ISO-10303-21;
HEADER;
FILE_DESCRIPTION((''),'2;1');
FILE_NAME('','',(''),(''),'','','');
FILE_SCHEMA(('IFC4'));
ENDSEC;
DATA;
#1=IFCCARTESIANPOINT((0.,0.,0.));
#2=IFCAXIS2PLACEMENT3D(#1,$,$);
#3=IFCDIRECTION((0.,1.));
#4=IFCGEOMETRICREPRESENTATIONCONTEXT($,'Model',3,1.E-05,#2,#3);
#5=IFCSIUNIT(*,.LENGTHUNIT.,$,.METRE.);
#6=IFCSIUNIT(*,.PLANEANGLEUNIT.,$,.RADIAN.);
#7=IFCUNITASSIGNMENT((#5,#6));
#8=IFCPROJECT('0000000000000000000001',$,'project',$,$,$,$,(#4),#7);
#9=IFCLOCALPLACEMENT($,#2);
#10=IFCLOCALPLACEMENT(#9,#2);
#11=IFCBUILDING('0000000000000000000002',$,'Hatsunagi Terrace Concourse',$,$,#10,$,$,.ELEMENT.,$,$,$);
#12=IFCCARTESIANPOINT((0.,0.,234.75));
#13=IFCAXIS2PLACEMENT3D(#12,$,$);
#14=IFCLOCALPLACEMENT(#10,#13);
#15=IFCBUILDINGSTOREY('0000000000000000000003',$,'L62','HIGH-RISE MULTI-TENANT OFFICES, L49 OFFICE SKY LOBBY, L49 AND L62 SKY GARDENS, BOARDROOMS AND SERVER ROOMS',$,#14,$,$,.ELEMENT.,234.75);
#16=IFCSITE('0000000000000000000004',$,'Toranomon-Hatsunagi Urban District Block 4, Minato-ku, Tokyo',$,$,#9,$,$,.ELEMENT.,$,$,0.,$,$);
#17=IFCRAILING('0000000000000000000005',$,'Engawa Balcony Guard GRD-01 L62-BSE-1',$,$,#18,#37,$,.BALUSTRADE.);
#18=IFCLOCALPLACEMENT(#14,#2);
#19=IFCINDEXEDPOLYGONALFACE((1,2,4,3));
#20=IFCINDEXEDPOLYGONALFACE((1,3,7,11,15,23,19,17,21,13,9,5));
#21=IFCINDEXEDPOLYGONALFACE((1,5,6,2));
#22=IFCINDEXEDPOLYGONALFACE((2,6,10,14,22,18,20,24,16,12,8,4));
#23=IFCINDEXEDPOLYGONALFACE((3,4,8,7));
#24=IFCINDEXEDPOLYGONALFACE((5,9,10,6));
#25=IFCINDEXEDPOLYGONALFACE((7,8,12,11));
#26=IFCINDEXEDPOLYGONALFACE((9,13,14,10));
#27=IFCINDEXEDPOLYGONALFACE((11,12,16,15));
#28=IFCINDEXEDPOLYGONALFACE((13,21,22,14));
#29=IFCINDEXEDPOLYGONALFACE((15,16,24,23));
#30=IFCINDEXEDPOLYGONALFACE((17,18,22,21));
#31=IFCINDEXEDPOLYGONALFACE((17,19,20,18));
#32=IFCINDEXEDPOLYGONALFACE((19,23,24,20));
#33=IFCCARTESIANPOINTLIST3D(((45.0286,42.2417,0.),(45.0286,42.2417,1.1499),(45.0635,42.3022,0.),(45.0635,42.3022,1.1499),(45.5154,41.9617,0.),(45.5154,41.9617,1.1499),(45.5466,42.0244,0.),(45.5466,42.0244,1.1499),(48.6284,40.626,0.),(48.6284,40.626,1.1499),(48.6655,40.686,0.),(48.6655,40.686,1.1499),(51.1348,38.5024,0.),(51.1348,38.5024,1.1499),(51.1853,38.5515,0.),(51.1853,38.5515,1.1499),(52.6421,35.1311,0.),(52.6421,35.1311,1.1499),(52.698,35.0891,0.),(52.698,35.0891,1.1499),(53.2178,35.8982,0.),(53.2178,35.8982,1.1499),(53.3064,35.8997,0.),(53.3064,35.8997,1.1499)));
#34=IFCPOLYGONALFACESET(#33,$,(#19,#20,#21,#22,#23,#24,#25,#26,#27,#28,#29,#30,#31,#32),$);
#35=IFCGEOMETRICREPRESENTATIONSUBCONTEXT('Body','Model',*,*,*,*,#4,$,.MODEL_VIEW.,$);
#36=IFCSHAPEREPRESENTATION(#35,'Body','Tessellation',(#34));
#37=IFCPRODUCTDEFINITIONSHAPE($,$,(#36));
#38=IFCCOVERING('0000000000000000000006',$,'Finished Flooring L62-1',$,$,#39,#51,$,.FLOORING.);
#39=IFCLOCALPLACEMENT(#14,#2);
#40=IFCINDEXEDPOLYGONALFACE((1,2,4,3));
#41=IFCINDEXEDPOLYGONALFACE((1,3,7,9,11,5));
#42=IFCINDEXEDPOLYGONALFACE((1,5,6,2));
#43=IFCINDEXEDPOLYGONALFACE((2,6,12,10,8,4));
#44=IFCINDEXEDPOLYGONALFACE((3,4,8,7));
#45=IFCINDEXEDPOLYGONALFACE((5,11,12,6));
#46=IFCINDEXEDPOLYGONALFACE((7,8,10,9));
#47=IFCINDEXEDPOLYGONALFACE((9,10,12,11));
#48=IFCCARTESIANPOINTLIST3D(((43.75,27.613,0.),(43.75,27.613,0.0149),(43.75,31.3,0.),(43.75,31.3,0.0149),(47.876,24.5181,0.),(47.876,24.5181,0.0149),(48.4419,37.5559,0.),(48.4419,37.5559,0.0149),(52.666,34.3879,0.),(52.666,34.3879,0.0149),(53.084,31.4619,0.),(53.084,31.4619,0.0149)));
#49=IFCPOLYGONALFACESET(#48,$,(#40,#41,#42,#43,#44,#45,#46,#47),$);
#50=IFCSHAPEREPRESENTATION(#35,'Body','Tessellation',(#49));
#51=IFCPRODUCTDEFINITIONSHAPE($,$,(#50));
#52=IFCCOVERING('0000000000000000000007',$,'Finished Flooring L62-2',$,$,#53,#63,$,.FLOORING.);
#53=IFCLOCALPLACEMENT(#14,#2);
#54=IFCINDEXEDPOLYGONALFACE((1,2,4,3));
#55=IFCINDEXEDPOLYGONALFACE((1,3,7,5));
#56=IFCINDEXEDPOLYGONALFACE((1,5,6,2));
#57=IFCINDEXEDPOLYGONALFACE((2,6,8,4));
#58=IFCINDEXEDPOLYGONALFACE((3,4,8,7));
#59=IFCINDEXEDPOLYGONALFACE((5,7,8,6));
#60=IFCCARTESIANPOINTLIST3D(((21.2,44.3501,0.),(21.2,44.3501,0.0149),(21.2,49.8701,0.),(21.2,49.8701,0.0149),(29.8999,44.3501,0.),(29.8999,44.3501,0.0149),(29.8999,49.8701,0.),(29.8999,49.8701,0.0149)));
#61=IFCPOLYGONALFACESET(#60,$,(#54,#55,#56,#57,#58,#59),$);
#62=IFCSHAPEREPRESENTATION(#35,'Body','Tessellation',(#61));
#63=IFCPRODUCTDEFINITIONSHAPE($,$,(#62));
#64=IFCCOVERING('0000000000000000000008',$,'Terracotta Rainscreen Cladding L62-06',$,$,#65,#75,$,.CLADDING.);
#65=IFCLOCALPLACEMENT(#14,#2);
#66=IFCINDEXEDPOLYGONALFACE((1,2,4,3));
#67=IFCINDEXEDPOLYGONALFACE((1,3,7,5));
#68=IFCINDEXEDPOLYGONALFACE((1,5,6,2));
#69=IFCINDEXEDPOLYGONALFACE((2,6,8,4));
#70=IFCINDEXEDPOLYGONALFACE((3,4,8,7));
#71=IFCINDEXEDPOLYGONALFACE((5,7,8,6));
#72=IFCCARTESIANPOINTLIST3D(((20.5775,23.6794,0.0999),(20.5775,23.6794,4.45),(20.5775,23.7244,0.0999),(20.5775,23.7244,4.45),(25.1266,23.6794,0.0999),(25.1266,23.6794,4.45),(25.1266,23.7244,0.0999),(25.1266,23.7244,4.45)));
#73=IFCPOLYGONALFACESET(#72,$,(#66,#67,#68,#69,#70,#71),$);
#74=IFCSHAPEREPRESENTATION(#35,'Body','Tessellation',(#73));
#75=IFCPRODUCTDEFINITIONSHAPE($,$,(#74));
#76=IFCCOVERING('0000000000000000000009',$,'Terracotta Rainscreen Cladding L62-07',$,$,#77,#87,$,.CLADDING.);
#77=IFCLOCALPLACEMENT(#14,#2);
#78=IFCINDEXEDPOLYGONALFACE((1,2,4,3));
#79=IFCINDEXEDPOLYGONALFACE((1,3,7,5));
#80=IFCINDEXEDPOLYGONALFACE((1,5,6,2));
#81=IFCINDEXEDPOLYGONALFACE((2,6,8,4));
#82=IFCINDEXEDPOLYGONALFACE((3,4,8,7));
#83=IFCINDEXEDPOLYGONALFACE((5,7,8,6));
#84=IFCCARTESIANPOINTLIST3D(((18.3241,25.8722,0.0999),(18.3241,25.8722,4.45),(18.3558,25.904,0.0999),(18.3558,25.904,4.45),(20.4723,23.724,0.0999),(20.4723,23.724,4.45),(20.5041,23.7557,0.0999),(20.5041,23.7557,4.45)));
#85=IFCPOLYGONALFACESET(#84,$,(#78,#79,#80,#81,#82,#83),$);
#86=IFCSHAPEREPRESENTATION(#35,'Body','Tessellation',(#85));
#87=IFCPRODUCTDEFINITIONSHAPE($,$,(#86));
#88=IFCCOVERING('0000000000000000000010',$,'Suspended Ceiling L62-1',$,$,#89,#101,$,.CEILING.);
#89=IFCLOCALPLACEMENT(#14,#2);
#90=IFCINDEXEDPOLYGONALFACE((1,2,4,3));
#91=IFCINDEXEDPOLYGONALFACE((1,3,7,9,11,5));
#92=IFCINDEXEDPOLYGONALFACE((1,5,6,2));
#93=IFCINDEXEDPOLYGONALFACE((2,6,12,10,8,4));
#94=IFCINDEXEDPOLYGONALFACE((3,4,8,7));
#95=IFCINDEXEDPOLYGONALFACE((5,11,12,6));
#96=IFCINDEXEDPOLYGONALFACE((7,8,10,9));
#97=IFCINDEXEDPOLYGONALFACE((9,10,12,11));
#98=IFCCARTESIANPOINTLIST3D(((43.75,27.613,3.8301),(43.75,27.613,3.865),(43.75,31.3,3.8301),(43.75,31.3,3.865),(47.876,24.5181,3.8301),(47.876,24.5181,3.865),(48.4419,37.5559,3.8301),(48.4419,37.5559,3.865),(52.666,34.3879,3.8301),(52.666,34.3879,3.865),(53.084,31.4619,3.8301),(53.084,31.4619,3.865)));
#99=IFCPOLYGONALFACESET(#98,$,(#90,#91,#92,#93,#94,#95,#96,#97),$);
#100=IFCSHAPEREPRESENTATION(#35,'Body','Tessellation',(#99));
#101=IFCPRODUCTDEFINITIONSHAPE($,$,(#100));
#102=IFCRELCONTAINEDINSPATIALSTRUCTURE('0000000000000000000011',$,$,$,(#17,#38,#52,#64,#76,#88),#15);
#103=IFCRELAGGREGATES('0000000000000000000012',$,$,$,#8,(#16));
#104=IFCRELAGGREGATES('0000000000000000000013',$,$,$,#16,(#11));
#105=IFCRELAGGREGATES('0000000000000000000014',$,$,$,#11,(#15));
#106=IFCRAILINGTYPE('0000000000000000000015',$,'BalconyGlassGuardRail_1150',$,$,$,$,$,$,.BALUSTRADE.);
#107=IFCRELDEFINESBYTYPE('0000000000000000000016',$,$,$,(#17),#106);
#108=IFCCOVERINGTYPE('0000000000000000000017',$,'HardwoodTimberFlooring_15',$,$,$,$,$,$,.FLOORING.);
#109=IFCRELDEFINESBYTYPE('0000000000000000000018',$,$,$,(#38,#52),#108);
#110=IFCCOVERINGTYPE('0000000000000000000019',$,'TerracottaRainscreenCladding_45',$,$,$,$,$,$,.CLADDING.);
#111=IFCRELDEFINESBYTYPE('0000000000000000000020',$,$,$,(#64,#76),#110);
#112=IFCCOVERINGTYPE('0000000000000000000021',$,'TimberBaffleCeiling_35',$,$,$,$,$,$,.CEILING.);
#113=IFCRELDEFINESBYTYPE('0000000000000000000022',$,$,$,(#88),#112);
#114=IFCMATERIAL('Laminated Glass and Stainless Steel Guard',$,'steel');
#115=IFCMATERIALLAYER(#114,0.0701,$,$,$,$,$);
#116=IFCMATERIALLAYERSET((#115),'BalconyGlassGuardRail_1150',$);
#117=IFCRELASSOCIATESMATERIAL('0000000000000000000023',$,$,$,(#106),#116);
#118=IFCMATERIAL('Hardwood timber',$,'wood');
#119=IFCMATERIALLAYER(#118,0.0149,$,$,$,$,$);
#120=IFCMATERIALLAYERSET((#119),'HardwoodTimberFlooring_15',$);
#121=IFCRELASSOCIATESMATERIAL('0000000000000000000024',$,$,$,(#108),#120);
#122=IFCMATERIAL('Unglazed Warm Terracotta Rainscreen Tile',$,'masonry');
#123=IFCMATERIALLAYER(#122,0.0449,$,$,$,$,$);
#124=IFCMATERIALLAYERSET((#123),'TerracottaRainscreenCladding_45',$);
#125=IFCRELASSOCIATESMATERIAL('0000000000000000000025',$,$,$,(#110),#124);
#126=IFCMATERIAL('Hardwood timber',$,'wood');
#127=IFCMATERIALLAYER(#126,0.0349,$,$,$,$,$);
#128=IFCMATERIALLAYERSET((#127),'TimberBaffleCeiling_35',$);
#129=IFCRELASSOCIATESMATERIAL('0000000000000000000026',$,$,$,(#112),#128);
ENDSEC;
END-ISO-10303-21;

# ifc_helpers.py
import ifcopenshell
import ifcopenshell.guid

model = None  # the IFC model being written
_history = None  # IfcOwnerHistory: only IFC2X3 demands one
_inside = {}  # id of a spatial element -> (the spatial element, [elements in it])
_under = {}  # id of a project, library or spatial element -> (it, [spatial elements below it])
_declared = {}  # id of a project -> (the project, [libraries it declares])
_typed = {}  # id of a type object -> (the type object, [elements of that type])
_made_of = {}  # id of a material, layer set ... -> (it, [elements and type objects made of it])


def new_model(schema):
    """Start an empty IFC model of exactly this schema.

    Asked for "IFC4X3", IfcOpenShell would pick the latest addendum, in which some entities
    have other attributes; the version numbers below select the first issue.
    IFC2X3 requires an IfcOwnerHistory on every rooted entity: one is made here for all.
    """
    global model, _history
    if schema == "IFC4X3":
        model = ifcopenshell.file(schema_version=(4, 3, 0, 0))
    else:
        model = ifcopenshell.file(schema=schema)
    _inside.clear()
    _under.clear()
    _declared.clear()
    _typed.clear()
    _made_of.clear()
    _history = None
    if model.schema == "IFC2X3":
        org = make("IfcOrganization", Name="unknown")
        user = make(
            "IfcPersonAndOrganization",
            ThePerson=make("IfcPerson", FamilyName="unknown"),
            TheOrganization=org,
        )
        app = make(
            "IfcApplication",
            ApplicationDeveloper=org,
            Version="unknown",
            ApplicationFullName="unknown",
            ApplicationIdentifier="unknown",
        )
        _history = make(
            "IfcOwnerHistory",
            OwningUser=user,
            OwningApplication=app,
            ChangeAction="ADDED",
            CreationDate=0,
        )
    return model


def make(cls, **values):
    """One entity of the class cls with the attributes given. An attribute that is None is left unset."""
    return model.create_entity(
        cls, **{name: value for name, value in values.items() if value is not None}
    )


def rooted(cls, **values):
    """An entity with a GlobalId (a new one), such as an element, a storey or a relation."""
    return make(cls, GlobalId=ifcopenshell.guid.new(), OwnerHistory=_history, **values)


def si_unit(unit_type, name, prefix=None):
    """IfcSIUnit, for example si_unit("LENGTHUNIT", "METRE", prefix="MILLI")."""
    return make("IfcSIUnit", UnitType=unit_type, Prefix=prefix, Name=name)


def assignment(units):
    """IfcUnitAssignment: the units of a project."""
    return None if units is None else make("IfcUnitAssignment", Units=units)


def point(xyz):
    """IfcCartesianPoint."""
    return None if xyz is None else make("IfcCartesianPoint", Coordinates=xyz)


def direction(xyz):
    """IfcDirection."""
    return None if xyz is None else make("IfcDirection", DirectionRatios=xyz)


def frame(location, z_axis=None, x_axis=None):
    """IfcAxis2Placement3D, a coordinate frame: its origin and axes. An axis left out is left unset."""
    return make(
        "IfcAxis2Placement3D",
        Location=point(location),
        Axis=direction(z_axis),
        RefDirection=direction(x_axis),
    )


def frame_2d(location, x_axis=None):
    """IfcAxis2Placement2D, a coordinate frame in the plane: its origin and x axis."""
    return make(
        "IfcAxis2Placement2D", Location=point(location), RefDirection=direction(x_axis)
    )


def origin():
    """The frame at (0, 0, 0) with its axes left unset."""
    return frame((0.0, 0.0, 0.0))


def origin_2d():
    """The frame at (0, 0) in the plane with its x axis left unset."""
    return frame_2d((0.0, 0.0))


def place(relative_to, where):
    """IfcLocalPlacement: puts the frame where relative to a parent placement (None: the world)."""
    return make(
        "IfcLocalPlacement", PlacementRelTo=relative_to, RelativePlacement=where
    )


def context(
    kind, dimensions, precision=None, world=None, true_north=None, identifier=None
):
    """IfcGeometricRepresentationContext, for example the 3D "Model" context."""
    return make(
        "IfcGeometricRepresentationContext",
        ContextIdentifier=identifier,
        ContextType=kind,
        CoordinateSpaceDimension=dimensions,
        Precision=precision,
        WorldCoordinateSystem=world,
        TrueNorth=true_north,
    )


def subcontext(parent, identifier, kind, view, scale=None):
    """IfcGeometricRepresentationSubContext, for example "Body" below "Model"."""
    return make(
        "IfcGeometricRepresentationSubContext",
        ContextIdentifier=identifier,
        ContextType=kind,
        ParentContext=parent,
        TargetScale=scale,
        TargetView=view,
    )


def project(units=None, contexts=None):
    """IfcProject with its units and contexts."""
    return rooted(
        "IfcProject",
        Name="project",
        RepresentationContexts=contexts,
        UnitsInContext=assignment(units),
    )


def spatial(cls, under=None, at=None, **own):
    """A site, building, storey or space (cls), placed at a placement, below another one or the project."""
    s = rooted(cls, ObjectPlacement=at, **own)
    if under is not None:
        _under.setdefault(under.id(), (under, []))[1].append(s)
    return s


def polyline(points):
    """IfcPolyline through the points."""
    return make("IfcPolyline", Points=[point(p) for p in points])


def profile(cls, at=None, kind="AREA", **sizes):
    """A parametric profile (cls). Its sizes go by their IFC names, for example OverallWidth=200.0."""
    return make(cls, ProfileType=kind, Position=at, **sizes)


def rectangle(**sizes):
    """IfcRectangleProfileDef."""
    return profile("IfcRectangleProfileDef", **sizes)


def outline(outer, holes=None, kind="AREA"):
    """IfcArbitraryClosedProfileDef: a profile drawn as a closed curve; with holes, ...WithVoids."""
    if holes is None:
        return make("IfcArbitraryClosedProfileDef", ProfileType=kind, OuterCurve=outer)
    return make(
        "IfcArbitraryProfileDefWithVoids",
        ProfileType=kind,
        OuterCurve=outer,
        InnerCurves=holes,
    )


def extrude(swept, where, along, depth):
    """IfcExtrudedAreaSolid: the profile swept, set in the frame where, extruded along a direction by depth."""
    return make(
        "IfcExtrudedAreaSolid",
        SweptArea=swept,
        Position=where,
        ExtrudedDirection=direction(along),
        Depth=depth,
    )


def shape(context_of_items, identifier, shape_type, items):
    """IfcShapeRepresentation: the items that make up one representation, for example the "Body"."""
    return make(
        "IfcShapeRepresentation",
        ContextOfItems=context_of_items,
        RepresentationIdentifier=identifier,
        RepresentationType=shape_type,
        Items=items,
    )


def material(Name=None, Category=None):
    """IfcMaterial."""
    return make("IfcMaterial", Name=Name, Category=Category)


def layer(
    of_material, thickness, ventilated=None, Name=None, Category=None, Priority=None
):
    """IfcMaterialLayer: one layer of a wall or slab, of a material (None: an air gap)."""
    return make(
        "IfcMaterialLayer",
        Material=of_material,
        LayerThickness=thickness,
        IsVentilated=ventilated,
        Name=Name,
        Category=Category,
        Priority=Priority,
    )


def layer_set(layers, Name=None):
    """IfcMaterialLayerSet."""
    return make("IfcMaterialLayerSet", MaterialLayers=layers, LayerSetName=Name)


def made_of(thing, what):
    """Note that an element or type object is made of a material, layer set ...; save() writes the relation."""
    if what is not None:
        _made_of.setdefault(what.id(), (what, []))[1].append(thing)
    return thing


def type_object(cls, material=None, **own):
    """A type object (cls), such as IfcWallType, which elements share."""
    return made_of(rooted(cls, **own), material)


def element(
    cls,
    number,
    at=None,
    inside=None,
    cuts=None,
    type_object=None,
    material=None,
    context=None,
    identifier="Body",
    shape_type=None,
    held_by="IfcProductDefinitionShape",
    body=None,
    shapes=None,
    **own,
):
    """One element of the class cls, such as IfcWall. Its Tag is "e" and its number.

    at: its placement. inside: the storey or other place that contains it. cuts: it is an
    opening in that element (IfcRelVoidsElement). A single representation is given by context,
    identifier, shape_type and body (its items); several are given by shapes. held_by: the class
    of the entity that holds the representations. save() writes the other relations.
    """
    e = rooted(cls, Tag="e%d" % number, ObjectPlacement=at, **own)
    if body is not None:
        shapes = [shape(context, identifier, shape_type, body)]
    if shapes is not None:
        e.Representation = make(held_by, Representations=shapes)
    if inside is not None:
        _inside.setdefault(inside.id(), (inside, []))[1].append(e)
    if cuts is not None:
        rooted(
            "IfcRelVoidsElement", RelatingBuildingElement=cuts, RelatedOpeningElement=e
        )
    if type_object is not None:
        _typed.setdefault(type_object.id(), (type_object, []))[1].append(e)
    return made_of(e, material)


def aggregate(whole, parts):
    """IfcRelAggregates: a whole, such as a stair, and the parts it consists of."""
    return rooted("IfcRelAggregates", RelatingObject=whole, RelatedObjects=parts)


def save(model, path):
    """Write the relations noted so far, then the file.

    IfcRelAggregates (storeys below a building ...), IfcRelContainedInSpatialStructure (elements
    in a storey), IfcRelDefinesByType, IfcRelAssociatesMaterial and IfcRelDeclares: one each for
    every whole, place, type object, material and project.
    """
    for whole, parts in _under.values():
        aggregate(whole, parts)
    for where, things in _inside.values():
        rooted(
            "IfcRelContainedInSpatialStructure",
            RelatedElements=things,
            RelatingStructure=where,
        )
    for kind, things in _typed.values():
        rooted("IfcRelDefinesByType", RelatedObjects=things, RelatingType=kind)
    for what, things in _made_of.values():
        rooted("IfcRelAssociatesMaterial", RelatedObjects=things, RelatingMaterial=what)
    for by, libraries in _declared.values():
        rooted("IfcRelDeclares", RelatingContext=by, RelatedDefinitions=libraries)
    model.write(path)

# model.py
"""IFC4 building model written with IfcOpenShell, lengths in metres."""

from ifc_helpers import new_model, si_unit, direction, frame, origin, origin_2d, place, context, subcontext, project, spatial, polyline, rectangle, outline, extrude, material, layer, layer_set, type_object, element, save


model = new_model("IFC4")

# Units and contexts
model_context = context("Model", 3, precision=1e-05, world=origin(), true_north=direction((0.0, 1.0)))
body_context = subcontext(model_context, "Body", "Model", "MODEL_VIEW")
ifc_project = project(units=[si_unit("LENGTHUNIT", "METRE"), si_unit("PLANEANGLEUNIT", "RADIAN")], contexts=[model_context])

# Site, building, storey
site_placement = place(None, origin())
site = spatial("IfcSite", under=ifc_project, at=site_placement, Name="Toranomon-Hatsunagi Urban District Block 4, Minato-ku, Tokyo", CompositionType="ELEMENT", RefElevation=0.0)
building_placement = place(site_placement, origin())
building = spatial("IfcBuilding", under=site, at=building_placement, Name="Hatsunagi Terrace Concourse", CompositionType="ELEMENT")
storey_placement = place(building_placement, frame((0.0, 0.0, 234.75)))
storey = spatial("IfcBuildingStorey", under=building, at=storey_placement, Name="L62", Description="HIGH-RISE MULTI-TENANT OFFICES, L49 OFFICE SKY LOBBY, L49 AND L62 SKY GARDENS, BOARDROOMS AND SERVER ROOMS", CompositionType="ELEMENT", Elevation=234.75)

# Railing
ifc_material_1 = material(Name="Laminated Glass and Stainless Steel Guard", Category="steel")
ifc_layer_1 = layer(ifc_material_1, 0.0701)
ifc_layer_set_1 = layer_set([ifc_layer_1], Name="BalconyGlassGuardRail_1150")
railing_type = type_object("IfcRailingType", Name="BalconyGlassGuardRail_1150", PredefinedType="BALUSTRADE", material=ifc_layer_set_1)
railing_1_placement = place(storey_placement, origin())
element("IfcRailing", 1, at=railing_1_placement, inside=storey, type_object=railing_type, Name="Engawa Balcony Guard GRD-01 L62-BSE-1", PredefinedType="BALUSTRADE", context=body_context, shape_type="SweptSolid", body=[
    extrude(outline(polyline([(45.0635, 42.3022), (45.0286, 42.2417), (45.5154, 41.9617), (48.6284, 40.626), (51.1348, 38.5024), (53.2178, 35.8982), (52.6421, 35.1311), (52.698, 35.0891), (53.3064, 35.8997), (51.1853, 38.5515), (48.6655, 40.686), (45.5466, 42.0244), (45.0635, 42.3022)])), origin(), (0.0, 0.0, 1.0), 1.1499),
])

# Coverings
ifc_material_2 = material(Name="Hardwood timber", Category="wood")
ifc_layer_2 = layer(ifc_material_2, 0.0149)
ifc_layer_set_2 = layer_set([ifc_layer_2], Name="HardwoodTimberFlooring_15")
covering_type_1 = type_object("IfcCoveringType", Name="HardwoodTimberFlooring_15", PredefinedType="FLOORING", material=ifc_layer_set_2)
covering_1_placement = place(storey_placement, origin())
element("IfcCovering", 2, at=covering_1_placement, inside=storey, type_object=covering_type_1, Name="Finished Flooring L62-1", PredefinedType="FLOORING", context=body_context, shape_type="SweptSolid", body=[
    extrude(outline(polyline([(52.666, 34.3879), (48.4419, 37.5559), (43.75, 31.3), (43.75, 27.613), (47.876, 24.5181), (53.084, 31.4619), (52.666, 34.3879)])), origin(), (0.0, 0.0, 1.0), 0.0149),
])
covering_2_placement = place(storey_placement, origin())
element("IfcCovering", 3, at=covering_2_placement, inside=storey, type_object=covering_type_1, Name="Finished Flooring L62-2", PredefinedType="FLOORING", context=body_context, shape_type="SweptSolid", body=[
    extrude(outline(polyline([(21.2, 49.8701), (21.2, 44.3501), (29.8999, 44.3501), (29.8999, 49.8701), (21.2, 49.8701)])), origin(), (0.0, 0.0, 1.0), 0.0149),
])
ifc_material_3 = material(Name="Unglazed Warm Terracotta Rainscreen Tile", Category="masonry")
ifc_layer_3 = layer(ifc_material_3, 0.0449)
ifc_layer_set_3 = layer_set([ifc_layer_3], Name="TerracottaRainscreenCladding_45")
covering_type_2 = type_object("IfcCoveringType", Name="TerracottaRainscreenCladding_45", PredefinedType="CLADDING", material=ifc_layer_set_3)
covering_3_placement = place(storey_placement, frame((22.8521, 23.7019, 0.0999), z_axis=(0.0, 0.0, 1.0), x_axis=(-1.0, 0.0, 0.0)))
element("IfcCovering", 4, at=covering_3_placement, inside=storey, type_object=covering_type_2, Name="Terracotta Rainscreen Cladding L62-06", PredefinedType="CLADDING", context=body_context, shape_type="SweptSolid", body=[
    extrude(rectangle(XDim=4.5491, YDim=0.0449, at=origin_2d()), origin(), (0.0, 0.0, 1.0), 4.3501),
])
covering_4_placement = place(storey_placement, frame((19.4141, 24.814, 0.0999), z_axis=(0.0, 0.0, 1.0), x_axis=(-0.707107, 0.707107, 0.0)))
element("IfcCovering", 5, at=covering_4_placement, inside=storey, type_object=covering_type_2, Name="Terracotta Rainscreen Cladding L62-07", PredefinedType="CLADDING", context=body_context, shape_type="SweptSolid", body=[
    extrude(rectangle(XDim=3.0381, YDim=0.0449, at=origin_2d()), origin(), (0.0, 0.0, 1.0), 4.3501),
])
ifc_material_4 = material(Name="Hardwood timber", Category="wood")
ifc_layer_4 = layer(ifc_material_4, 0.0349)
ifc_layer_set_4 = layer_set([ifc_layer_4], Name="TimberBaffleCeiling_35")
covering_type_3 = type_object("IfcCoveringType", Name="TimberBaffleCeiling_35", PredefinedType="CEILING", material=ifc_layer_set_4)
covering_5_placement = place(storey_placement, frame((0.0, 0.0, 3.8301)))
element("IfcCovering", 6, at=covering_5_placement, inside=storey, type_object=covering_type_3, Name="Suspended Ceiling L62-1", PredefinedType="CEILING", context=body_context, shape_type="SweptSolid", body=[
    extrude(outline(polyline([(52.666, 34.3879), (48.4419, 37.5559), (43.75, 31.3), (43.75, 27.613), (47.876, 24.5181), (53.084, 31.4619), (52.666, 34.3879)])), origin(), (0.0, 0.0, 1.0), 0.0349),
])

save(model, "model.ifc")
